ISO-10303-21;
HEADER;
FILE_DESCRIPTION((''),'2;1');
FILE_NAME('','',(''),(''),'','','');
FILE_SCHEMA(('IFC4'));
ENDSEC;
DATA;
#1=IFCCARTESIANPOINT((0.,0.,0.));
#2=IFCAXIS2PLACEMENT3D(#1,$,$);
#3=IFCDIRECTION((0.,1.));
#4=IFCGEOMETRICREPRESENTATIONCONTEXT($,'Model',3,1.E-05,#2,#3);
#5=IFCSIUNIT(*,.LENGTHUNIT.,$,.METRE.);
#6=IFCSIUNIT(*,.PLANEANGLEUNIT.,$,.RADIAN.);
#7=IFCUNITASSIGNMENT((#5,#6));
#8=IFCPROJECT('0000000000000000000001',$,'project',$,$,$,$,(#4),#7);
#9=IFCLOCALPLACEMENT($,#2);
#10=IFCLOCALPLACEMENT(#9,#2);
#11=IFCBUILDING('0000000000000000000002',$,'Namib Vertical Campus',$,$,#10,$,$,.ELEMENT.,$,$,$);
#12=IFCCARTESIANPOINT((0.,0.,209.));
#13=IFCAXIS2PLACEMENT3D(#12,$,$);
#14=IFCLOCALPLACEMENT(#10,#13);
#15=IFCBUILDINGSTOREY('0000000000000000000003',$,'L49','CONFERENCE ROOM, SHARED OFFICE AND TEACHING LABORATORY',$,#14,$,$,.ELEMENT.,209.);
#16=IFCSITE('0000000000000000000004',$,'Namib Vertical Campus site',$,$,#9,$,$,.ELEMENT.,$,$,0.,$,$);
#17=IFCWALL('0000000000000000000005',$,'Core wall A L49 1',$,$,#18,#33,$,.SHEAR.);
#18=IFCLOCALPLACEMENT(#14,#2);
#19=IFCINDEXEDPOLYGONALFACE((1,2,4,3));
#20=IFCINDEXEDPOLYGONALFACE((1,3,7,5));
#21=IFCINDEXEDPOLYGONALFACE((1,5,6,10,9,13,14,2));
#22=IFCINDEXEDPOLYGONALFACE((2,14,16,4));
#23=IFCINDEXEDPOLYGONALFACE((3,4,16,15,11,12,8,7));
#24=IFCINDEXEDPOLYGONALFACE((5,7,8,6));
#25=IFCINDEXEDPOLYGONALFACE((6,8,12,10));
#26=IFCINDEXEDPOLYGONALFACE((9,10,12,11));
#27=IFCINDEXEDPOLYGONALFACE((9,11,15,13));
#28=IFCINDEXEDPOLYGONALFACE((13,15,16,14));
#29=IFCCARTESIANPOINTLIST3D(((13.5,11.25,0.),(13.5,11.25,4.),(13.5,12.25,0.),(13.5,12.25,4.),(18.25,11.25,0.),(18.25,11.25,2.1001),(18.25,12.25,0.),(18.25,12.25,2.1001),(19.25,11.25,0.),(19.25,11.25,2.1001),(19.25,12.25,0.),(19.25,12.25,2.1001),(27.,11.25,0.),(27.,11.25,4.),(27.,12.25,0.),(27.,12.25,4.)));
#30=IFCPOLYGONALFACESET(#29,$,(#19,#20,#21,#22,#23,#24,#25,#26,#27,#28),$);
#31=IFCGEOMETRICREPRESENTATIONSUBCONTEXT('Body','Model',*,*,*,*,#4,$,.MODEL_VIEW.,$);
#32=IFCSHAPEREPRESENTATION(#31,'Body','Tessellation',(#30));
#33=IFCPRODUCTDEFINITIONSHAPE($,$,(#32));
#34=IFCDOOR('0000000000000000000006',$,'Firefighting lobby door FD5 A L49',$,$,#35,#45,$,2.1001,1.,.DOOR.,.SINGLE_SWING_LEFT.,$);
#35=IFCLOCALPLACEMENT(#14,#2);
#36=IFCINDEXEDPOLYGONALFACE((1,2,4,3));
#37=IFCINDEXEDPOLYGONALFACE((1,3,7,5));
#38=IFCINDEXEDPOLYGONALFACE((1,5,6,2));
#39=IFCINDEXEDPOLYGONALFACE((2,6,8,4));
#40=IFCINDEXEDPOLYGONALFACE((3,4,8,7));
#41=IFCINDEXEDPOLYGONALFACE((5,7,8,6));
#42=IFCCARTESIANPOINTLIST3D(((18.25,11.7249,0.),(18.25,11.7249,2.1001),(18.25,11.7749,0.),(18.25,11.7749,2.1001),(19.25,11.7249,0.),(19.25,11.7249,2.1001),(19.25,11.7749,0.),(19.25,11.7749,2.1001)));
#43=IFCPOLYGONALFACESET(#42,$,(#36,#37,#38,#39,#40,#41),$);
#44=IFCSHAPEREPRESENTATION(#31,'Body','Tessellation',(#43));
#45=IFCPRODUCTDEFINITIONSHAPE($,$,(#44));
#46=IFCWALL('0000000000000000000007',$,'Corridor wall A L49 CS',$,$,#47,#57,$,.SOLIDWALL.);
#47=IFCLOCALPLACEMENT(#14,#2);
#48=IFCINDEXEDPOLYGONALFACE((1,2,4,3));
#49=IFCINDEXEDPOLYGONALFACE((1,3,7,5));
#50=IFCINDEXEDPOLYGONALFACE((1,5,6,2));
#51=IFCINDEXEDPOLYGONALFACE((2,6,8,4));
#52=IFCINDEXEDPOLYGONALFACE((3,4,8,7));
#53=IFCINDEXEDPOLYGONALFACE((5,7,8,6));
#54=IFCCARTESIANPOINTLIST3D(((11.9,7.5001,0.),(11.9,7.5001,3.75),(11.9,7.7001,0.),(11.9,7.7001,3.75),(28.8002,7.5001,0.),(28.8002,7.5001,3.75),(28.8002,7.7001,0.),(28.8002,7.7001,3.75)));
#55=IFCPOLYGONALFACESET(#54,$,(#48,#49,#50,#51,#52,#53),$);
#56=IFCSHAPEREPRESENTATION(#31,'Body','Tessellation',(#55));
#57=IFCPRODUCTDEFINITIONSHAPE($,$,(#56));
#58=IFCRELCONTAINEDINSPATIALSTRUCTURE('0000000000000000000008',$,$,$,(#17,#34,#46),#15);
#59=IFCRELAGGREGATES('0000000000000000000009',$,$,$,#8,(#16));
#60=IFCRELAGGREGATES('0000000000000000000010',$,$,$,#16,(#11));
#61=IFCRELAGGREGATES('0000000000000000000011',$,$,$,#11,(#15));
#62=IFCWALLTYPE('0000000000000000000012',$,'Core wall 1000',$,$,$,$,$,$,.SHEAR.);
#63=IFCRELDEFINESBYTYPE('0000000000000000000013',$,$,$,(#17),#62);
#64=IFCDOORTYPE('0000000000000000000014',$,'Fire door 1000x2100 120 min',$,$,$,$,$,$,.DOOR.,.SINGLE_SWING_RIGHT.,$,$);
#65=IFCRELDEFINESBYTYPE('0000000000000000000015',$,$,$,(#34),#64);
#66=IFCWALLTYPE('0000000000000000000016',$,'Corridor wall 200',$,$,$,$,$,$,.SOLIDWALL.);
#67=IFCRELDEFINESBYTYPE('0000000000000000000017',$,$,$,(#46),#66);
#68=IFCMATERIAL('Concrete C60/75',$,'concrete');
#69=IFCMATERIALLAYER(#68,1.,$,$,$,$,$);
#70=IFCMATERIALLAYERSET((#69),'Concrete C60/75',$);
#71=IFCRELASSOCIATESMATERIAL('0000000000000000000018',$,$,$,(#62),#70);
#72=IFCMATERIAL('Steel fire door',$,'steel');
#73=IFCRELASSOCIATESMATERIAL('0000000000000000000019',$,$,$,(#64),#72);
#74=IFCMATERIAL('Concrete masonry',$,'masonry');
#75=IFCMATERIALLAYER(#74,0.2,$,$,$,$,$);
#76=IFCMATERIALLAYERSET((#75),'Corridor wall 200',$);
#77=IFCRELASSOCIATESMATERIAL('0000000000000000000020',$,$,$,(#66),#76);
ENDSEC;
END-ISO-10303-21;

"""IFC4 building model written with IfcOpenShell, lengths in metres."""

from ifc_helpers import new_model, si_unit, direction, frame, frame_2d, origin, place, context, subcontext, project, spatial, rectangle, extrude, material, layer, layer_set, type_object, element, fill, save


model = new_model("IFC4")

# Units and contexts
model_context = context("Model", 3, precision=1e-05, world=origin(), true_north=direction((0.0, 1.0)))
body_context = subcontext(model_context, "Body", "Model", "MODEL_VIEW")
ifc_project = project(units=[si_unit("LENGTHUNIT", "METRE"), si_unit("PLANEANGLEUNIT", "RADIAN")], contexts=[model_context])

# Site, building, storey
site_placement = place(None, origin())
site = spatial("IfcSite", under=ifc_project, at=site_placement, Name="Namib Vertical Campus site", CompositionType="ELEMENT", RefElevation=0.0)
building_placement = place(site_placement, origin())
building = spatial("IfcBuilding", under=site, at=building_placement, Name="Namib Vertical Campus", CompositionType="ELEMENT")
storey_placement = place(building_placement, frame((0.0, 0.0, 209.0)))
storey = spatial("IfcBuildingStorey", under=building, at=storey_placement, Name="L49", Description="CONFERENCE ROOM, SHARED OFFICE AND TEACHING LABORATORY", CompositionType="ELEMENT", Elevation=209.0)

# Wall, opening, door
ifc_material_1 = material(Name="Concrete C60/75", Category="concrete")
ifc_layer_1 = layer(ifc_material_1, 1.0)
ifc_layer_set_1 = layer_set([ifc_layer_1], Name="Concrete C60/75")
wall_type_1 = type_object("IfcWallType", Name="Core wall 1000", PredefinedType="SHEAR", material=ifc_layer_set_1)
wall_1_placement = place(storey_placement, frame((13.5, 11.75, 0.0), z_axis=(0.0, 0.0, 1.0), x_axis=(1.0, 0.0, 0.0)))
wall_1 = element("IfcWall", 1, at=wall_1_placement, inside=storey, type_object=wall_type_1, Name="Core wall A L49 1", PredefinedType="SHEAR", context=body_context, shape_type="SweptSolid", body=[
    extrude(rectangle(XDim=13.5, YDim=1.0, at=frame_2d((6.75, 0.0))), origin(), (0.0, 0.0, 1.0), 4.0),
])
opening_1_placement = place(wall_1_placement, frame((4.75, 0.0, 0.0)))
opening_1 = element("IfcOpeningElement", 2, at=opening_1_placement, cuts=wall_1, PredefinedType="OPENING", context=body_context, shape_type="SweptSolid", body=[
    extrude(rectangle(XDim=1.0, YDim=2.1001, at=frame_2d((0.5, 1.05))), frame((0.0, 0.51, 0.0), z_axis=(0.0, -1.0, 0.0), x_axis=(1.0, 0.0, 0.0)), (0.0, 0.0, 1.0), 1.02),
])
ifc_material_2 = material(Name="Steel fire door", Category="steel")
door_type = type_object("IfcDoorType", Name="Fire door 1000x2100 120 min", OperationType="SINGLE_SWING_RIGHT", PredefinedType="DOOR", material=ifc_material_2)
door_placement = place(opening_1_placement, origin())
door = element("IfcDoor", 3, at=door_placement, inside=storey, type_object=door_type, Name="Firefighting lobby door FD5 A L49", OperationType="SINGLE_SWING_LEFT", OverallHeight=2.1001, OverallWidth=1.0, PredefinedType="DOOR", context=body_context, shape_type="SweptSolid", body=[
    extrude(rectangle(XDim=1.0, YDim=2.1001, at=frame_2d((0.5, 1.05))), frame((0.0, 0.0249, 0.0), z_axis=(0.0, -1.0, 0.0), x_axis=(1.0, 0.0, 0.0)), (0.0, 0.0, 1.0), 0.05),
])
fill(opening_1, door)

# Wall
ifc_material_3 = material(Name="Concrete masonry", Category="masonry")
ifc_layer_2 = layer(ifc_material_3, 0.2)
ifc_layer_set_2 = layer_set([ifc_layer_2], Name="Corridor wall 200")
wall_type_2 = type_object("IfcWallType", Name="Corridor wall 200", PredefinedType="SOLIDWALL", material=ifc_layer_set_2)
wall_2_placement = place(storey_placement, frame((11.8999, 7.6001, 0.0), z_axis=(0.0, 0.0, 1.0), x_axis=(1.0, 0.0, 0.0)))
element("IfcWall", 4, at=wall_2_placement, inside=storey, type_object=wall_type_2, Name="Corridor wall A L49 CS", PredefinedType="SOLIDWALL", context=body_context, shape_type="SweptSolid", body=[
    extrude(rectangle(XDim=16.9001, YDim=0.2, at=frame_2d((8.4502, 0.0))), origin(), (0.0, 0.0, 1.0), 3.75),
])

save(model, "model.ifc")
